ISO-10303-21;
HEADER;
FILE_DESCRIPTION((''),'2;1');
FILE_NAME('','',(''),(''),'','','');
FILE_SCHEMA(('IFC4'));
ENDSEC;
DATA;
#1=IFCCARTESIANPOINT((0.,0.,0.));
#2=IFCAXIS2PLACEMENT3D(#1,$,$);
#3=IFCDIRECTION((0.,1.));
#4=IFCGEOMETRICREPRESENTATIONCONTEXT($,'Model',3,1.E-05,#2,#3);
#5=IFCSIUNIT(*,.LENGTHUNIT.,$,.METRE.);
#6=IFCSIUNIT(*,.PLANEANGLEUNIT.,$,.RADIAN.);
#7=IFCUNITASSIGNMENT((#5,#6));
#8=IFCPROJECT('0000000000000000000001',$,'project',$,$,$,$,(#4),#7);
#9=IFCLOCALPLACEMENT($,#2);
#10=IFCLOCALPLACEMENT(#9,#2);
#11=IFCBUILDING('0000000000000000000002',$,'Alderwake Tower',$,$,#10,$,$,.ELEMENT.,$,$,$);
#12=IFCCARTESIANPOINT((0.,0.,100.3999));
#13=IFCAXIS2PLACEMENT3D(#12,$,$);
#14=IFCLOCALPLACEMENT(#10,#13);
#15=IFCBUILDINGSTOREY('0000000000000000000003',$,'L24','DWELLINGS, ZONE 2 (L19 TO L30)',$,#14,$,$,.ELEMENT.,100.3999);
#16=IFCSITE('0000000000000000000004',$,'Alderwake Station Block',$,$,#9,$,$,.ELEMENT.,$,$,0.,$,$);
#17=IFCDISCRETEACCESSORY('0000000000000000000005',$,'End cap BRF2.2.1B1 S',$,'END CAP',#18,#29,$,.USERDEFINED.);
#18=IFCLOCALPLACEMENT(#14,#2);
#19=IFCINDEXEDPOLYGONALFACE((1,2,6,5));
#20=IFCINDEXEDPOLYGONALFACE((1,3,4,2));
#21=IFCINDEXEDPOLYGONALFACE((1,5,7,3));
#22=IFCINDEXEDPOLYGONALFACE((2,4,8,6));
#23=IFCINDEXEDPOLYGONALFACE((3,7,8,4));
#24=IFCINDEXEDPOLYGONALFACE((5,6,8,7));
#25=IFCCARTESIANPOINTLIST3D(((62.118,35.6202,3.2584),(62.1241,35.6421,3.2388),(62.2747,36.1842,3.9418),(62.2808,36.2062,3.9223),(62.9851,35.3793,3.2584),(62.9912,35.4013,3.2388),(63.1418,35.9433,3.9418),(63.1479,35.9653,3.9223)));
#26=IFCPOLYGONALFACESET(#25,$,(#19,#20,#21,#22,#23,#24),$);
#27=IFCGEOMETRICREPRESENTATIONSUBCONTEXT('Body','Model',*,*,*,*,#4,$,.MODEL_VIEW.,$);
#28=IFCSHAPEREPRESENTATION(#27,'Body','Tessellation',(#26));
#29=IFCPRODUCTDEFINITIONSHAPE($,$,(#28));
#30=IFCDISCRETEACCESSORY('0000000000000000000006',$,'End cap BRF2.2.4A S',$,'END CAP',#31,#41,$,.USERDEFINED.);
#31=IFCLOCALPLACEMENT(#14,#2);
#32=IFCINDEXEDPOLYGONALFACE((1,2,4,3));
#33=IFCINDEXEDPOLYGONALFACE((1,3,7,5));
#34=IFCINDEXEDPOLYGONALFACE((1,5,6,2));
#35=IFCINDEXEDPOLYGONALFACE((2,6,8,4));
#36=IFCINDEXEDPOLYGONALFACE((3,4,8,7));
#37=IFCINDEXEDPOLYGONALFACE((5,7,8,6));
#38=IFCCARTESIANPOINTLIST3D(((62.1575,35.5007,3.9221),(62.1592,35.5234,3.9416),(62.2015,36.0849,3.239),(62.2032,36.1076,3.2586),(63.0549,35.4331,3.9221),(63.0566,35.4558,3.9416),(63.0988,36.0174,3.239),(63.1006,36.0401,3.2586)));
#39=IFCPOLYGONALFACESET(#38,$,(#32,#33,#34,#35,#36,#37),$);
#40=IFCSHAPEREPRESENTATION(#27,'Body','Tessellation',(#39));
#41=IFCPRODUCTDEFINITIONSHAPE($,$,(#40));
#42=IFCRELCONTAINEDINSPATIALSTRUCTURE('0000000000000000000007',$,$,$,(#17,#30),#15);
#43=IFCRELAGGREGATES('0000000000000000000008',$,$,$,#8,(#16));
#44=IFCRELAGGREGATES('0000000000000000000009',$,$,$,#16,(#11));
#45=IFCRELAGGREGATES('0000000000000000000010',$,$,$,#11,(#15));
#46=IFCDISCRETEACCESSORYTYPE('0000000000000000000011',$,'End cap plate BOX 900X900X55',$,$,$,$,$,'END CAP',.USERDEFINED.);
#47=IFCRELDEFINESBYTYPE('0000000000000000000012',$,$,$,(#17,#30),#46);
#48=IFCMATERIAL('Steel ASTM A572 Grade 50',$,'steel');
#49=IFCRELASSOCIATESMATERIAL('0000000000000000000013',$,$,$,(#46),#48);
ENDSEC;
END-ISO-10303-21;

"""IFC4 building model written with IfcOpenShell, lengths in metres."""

from ifc_helpers import new_model, si_unit, direction, frame, origin, origin_2d, place, context, subcontext, project, spatial, rectangle, extrude, material, material_profile, profile_set, type_object, element, save


model = new_model("IFC4")

# Units and contexts
model_context = context("Model", 3, precision=1e-05, world=origin(), true_north=direction((0.0, 1.0)))
body_context = subcontext(model_context, "Body", "Model", "MODEL_VIEW")
ifc_project = project(units=[si_unit("LENGTHUNIT", "METRE"), si_unit("PLANEANGLEUNIT", "RADIAN")], contexts=[model_context])

# Site, building, storey
site_placement = place(None, origin())
site = spatial("IfcSite", under=ifc_project, at=site_placement, Name="Alderwake Station Block", CompositionType="ELEMENT", RefElevation=0.0)
building_placement = place(site_placement, origin())
building = spatial("IfcBuilding", under=site, at=building_placement, Name="Alderwake Tower", CompositionType="ELEMENT")
storey_placement = place(building_placement, frame((0.0, 0.0, 100.3999)))
storey = spatial("IfcBuildingStorey", under=building, at=storey_placement, Name="L24", Description="DWELLINGS, ZONE 2 (L19 TO L30)", CompositionType="ELEMENT", Elevation=100.3999)

# Discrete accessories
ifc_material_1 = material(Name="Steel ASTM A572 Grade 50", Category="steel")
ifc_material_profile_1 = material_profile(ifc_material_1, rectangle(XDim=0.8999, YDim=0.8999, at=origin_2d()), Name="BOX 900X900X55 cap")
ifc_profile_set_1 = profile_set([ifc_material_profile_1], Name="Steel ASTM A572 Grade 50")
discrete_accessory_type = type_object("IfcDiscreteAccessoryType", Name="End cap plate BOX 900X900X55", ElementType="END CAP", PredefinedType="USERDEFINED", material=ifc_profile_set_1)
for number, where, z_axis, x_axis, name in (
    (1, (62.6299, 35.7817, 3.6001), (0.203279, 0.731804, -0.650493), (-0.963518, 0.267644, 0.0), "End cap BRF2.2.1B1 S"),
    (2, (62.6299, 35.7817, 3.6001), (-0.056969, -0.756873, -0.651074), (0.997179, -0.075057, 0.0), "End cap BRF2.2.4A S"),
):
    element("IfcDiscreteAccessory", number, at=place(storey_placement, frame(where, z_axis=z_axis, x_axis=x_axis)), inside=storey, type_object=discrete_accessory_type, Name=name, ObjectType="END CAP", PredefinedType="USERDEFINED", context=body_context, shape_type="SweptSolid", body=[
        extrude(rectangle(XDim=0.8999, YDim=0.8999, at=origin_2d()), origin(), (0.0, 0.0, 1.0), 0.03),
    ])

save(model, "model.ifc")
